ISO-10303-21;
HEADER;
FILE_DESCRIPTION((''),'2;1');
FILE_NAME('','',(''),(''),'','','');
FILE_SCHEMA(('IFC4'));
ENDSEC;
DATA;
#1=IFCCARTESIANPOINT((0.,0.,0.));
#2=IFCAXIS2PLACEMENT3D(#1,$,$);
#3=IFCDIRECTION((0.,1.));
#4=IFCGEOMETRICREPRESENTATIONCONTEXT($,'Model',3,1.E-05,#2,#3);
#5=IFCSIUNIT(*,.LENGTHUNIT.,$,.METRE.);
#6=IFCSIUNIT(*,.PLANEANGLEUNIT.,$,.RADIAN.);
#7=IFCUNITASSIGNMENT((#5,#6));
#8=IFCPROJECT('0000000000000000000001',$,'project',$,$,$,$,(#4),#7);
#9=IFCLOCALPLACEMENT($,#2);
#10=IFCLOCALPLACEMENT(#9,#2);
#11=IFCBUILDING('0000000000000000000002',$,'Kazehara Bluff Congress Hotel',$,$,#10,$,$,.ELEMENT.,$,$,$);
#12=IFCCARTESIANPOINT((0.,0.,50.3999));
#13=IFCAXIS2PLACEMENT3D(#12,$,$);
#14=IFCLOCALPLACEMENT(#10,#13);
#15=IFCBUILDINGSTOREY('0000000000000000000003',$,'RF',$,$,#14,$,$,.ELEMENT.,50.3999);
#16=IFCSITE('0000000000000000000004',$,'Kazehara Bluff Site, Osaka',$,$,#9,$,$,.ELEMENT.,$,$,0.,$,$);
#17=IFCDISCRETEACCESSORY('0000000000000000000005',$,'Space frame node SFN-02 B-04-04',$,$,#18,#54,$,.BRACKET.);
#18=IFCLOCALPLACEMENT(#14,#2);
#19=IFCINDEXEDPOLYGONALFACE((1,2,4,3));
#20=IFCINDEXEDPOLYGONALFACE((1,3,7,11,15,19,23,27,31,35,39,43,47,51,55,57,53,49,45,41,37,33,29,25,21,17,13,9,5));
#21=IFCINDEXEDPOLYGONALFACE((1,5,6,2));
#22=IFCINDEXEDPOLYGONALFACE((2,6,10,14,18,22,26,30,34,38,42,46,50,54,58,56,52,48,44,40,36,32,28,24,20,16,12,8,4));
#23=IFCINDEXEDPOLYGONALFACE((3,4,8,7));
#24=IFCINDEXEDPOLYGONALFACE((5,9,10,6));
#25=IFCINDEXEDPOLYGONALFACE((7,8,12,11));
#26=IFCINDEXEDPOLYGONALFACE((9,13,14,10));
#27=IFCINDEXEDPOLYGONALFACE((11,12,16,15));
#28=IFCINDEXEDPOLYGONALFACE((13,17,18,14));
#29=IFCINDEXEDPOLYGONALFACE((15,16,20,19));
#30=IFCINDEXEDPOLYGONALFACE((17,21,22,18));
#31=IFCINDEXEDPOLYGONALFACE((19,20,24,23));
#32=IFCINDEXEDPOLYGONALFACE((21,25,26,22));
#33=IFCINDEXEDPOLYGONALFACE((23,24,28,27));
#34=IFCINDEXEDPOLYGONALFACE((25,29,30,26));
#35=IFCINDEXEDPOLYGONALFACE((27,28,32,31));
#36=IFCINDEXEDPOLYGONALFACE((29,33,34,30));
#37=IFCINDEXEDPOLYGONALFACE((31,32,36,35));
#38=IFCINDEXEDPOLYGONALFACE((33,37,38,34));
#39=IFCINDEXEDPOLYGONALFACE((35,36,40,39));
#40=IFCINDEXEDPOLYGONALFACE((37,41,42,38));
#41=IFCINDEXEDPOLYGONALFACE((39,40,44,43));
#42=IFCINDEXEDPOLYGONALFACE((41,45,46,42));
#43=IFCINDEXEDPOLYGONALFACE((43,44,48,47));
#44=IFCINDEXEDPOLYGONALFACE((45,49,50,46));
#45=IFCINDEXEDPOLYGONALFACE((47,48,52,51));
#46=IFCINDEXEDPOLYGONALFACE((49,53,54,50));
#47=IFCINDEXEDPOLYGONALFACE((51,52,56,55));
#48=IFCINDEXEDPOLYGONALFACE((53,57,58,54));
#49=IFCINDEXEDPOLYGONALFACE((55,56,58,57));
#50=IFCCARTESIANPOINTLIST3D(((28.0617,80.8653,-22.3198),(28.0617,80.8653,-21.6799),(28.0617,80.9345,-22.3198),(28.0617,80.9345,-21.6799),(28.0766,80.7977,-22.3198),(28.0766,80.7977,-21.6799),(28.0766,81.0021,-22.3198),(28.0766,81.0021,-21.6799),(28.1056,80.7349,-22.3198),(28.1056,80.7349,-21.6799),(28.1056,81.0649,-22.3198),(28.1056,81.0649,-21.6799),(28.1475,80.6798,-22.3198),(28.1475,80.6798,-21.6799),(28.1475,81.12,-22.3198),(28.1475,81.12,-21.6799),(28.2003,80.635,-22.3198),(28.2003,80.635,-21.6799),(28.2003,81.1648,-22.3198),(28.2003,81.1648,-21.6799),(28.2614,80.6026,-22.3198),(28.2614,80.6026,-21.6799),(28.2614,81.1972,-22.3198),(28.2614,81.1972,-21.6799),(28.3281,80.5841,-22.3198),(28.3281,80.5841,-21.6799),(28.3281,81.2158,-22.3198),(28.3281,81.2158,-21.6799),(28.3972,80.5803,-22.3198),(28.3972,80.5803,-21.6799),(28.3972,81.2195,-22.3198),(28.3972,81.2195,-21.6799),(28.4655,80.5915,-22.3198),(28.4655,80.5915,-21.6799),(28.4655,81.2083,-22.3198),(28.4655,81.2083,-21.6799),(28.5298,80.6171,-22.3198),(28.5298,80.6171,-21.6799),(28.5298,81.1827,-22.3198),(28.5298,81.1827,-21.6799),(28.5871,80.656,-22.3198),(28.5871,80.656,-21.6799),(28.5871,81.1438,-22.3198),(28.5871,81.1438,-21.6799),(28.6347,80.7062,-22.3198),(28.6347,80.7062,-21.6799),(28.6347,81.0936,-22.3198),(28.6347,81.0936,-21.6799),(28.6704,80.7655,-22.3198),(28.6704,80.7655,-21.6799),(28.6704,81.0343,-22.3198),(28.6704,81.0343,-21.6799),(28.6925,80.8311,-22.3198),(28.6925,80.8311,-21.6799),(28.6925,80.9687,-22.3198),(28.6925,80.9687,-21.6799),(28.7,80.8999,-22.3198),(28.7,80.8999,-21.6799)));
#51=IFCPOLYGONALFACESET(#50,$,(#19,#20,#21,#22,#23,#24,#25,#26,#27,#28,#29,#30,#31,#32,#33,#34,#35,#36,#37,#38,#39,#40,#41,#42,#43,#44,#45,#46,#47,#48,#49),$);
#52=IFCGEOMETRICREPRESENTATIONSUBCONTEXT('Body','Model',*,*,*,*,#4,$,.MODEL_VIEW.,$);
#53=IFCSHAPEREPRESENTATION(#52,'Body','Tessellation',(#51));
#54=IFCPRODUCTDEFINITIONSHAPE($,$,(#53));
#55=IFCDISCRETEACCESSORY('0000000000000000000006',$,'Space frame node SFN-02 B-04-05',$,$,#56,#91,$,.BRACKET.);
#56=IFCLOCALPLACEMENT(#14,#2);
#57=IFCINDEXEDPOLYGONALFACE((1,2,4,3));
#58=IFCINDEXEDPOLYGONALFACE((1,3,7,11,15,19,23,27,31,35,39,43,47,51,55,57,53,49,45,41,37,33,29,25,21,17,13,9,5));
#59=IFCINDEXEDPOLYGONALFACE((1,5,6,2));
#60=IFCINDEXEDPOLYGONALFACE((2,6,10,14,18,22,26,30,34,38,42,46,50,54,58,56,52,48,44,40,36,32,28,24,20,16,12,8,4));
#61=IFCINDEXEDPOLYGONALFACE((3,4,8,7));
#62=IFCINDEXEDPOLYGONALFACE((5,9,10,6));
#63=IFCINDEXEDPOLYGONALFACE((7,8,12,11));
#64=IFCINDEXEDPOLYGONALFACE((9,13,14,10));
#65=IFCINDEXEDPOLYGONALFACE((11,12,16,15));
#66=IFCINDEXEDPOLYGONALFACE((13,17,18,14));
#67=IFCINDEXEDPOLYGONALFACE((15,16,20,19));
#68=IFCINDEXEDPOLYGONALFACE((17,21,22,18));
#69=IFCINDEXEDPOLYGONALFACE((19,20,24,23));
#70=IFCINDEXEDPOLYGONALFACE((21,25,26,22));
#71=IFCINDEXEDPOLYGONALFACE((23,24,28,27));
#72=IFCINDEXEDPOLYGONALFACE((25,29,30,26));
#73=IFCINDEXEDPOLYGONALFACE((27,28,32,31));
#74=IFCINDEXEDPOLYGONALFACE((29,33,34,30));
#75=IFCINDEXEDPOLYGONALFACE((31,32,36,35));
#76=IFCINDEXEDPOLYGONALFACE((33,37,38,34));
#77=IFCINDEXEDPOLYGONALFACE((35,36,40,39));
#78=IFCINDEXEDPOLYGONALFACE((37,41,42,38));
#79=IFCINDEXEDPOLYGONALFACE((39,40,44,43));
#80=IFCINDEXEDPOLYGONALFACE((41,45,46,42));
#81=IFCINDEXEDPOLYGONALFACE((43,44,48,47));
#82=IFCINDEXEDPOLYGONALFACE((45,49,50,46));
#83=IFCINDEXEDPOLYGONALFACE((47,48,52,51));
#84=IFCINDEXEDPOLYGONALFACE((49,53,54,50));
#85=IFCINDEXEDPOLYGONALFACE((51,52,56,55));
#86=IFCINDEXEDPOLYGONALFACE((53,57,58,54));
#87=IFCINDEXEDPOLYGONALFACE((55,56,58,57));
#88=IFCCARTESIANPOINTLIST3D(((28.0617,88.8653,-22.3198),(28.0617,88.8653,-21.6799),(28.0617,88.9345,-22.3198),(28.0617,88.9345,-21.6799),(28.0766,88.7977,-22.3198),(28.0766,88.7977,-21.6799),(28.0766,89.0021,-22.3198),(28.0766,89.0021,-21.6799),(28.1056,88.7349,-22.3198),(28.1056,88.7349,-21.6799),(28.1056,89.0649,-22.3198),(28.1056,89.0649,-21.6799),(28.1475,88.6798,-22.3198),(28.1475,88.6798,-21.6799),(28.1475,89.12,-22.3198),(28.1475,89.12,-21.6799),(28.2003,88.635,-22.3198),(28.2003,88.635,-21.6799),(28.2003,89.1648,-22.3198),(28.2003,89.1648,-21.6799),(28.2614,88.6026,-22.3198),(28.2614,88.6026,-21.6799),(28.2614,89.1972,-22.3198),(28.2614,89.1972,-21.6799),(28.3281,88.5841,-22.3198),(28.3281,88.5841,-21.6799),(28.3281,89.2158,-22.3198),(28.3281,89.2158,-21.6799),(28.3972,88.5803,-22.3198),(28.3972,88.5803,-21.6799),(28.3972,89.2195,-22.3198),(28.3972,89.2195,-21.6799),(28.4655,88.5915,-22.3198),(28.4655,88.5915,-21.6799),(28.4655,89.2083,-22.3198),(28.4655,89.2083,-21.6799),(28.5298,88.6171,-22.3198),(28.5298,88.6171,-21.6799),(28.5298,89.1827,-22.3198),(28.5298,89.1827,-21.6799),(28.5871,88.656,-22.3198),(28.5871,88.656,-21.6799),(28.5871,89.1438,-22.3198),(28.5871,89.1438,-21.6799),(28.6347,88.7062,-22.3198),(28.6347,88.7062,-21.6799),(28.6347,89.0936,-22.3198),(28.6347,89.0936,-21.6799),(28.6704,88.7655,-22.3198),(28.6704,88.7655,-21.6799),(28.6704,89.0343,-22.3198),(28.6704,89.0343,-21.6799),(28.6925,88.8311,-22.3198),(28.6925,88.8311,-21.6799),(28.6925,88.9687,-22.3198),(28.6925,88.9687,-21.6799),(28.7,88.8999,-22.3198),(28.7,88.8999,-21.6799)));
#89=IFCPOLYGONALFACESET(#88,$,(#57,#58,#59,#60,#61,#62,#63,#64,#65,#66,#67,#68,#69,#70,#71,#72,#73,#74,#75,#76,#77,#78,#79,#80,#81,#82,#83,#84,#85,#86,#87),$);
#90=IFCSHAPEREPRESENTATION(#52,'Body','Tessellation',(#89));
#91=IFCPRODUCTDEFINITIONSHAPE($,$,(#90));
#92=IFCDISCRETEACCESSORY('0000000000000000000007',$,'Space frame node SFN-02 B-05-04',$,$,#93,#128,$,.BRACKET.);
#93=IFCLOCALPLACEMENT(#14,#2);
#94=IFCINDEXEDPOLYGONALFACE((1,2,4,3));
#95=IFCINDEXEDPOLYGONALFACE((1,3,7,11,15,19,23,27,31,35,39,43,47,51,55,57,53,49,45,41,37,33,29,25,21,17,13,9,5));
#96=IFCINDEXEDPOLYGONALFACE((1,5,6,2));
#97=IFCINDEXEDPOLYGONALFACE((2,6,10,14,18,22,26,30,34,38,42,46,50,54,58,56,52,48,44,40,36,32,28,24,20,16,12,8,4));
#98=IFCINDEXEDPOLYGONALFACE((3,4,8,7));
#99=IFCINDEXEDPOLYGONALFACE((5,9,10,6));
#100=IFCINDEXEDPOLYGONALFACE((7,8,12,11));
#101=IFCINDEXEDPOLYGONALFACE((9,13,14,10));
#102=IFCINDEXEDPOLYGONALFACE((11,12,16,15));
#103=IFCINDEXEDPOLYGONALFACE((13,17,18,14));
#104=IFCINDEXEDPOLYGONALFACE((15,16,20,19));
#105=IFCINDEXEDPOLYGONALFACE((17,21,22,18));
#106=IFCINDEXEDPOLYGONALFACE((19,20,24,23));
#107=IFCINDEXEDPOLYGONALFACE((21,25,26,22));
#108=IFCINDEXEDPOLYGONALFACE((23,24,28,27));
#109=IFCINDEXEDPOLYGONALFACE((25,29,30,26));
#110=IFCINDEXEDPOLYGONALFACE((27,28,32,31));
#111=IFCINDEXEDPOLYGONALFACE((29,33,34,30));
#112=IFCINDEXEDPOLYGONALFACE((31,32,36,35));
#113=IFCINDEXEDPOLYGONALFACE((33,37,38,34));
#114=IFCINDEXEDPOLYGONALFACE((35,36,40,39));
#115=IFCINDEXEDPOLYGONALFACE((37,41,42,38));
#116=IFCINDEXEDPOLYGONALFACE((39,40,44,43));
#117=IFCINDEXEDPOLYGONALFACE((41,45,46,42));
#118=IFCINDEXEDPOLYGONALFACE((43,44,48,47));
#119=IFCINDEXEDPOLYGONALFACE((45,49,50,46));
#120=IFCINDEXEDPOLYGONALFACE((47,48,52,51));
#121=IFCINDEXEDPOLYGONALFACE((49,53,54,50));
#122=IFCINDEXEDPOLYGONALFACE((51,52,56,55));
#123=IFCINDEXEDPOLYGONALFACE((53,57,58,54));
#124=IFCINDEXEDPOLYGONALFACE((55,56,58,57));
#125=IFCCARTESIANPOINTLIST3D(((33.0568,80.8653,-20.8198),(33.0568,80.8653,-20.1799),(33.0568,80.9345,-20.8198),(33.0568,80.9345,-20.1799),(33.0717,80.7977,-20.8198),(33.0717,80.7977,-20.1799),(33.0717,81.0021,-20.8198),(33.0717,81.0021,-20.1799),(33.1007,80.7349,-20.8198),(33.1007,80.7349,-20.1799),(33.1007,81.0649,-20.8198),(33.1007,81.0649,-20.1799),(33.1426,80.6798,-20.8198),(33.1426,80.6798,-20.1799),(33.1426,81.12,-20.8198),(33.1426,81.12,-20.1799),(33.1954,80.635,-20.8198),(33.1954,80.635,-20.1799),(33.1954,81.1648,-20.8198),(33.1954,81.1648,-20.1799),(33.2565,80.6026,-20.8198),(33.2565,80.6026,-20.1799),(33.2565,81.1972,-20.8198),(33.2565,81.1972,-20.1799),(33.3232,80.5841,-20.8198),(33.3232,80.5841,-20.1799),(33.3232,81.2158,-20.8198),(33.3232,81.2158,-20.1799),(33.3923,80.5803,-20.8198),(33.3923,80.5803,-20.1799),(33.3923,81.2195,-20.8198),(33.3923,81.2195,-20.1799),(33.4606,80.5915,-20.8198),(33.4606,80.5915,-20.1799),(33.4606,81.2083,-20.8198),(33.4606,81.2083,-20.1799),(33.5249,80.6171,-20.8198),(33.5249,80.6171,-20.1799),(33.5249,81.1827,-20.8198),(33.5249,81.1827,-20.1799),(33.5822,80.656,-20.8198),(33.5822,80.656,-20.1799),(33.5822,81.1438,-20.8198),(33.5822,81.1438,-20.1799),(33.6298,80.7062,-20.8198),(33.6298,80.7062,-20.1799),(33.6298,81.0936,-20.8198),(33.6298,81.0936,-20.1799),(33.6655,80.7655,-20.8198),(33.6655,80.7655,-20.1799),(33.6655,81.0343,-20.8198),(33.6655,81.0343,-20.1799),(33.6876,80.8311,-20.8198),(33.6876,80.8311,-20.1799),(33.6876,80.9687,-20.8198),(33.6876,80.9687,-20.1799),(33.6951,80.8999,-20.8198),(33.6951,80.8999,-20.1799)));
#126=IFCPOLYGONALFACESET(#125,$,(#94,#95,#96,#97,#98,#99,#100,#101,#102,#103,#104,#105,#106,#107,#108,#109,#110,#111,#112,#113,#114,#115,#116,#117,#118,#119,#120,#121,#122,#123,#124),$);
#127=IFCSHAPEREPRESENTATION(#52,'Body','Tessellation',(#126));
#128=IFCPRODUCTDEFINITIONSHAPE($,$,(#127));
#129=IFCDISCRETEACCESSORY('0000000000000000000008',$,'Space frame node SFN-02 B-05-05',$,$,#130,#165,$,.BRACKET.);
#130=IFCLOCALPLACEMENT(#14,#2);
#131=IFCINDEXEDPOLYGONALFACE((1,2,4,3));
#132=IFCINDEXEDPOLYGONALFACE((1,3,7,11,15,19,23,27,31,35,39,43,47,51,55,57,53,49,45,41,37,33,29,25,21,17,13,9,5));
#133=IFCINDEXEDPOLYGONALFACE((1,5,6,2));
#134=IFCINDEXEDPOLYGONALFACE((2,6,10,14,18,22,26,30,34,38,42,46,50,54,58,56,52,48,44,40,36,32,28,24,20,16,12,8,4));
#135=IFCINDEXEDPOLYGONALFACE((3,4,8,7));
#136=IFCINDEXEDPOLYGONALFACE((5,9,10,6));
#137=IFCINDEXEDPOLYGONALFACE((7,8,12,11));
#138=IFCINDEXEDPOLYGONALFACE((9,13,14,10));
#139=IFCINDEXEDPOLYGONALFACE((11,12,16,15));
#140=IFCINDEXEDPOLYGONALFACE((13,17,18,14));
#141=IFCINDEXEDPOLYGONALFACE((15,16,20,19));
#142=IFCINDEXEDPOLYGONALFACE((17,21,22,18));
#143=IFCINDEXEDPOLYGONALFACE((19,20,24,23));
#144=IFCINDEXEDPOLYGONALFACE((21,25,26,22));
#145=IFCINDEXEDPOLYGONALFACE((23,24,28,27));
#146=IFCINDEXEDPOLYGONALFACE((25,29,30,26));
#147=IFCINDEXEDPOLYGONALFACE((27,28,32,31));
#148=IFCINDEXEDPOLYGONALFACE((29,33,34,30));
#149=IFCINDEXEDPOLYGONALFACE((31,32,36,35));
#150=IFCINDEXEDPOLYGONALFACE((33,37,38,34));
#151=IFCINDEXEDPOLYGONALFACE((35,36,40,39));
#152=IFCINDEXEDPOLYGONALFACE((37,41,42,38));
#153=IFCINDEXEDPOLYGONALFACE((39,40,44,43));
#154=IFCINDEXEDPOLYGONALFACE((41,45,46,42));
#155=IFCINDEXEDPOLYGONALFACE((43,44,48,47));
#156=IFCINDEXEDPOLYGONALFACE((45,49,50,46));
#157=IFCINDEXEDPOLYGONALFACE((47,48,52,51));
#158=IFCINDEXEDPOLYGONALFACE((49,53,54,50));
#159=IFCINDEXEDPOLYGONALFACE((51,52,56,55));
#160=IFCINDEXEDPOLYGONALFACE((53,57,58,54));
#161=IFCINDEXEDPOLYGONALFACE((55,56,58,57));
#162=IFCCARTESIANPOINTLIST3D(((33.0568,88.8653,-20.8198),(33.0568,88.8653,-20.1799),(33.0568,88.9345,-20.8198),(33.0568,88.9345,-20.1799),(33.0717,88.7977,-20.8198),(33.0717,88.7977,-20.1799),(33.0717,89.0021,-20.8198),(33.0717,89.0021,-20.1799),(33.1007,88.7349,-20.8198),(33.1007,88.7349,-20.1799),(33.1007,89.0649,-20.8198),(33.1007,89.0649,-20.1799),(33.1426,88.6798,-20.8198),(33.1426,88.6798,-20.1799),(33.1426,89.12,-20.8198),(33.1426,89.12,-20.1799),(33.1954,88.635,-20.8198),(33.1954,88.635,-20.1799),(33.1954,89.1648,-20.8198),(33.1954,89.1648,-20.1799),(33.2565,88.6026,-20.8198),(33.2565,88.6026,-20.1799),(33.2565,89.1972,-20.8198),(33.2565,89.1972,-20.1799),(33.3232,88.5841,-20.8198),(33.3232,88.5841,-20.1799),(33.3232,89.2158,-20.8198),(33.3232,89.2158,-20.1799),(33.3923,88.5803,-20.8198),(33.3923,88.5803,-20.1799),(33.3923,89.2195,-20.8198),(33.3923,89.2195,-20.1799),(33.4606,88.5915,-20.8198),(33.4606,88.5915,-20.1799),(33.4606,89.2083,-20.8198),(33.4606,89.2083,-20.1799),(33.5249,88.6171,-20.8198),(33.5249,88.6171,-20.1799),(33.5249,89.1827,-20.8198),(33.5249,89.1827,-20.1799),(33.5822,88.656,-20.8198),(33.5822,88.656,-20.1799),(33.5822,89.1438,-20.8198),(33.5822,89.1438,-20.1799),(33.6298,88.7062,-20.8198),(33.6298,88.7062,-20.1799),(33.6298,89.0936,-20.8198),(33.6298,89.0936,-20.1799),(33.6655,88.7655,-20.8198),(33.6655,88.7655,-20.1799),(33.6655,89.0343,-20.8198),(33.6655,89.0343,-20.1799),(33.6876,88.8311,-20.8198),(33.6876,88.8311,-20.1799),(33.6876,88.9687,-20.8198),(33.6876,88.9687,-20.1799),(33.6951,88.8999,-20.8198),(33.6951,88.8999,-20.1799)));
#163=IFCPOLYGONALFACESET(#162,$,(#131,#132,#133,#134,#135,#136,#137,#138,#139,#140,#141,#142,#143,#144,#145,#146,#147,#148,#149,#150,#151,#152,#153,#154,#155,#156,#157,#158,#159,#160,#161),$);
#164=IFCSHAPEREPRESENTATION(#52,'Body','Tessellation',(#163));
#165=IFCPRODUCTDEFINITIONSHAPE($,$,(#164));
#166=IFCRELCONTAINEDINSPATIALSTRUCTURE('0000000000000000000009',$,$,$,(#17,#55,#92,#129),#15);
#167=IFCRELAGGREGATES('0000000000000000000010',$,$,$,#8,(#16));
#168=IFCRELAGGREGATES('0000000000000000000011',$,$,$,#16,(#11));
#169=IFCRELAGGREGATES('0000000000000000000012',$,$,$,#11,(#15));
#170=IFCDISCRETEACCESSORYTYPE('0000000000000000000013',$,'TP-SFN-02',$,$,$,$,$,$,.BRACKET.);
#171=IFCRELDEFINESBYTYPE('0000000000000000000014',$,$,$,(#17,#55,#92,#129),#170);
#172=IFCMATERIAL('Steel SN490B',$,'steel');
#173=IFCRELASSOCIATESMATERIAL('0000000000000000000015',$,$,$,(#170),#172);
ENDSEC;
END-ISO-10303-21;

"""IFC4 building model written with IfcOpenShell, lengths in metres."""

from ifc_helpers import new_model, si_unit, direction, frame, origin, origin_2d, place, context, subcontext, project, spatial, circle, extrude, material, material_profile, profile_set, type_object, element, save


model = new_model("IFC4")

# Units and contexts
model_context = context("Model", 3, precision=1e-05, world=origin(), true_north=direction((0.0, 1.0)))
body_context = subcontext(model_context, "Body", "Model", "MODEL_VIEW")
ifc_project = project(units=[si_unit("LENGTHUNIT", "METRE"), si_unit("PLANEANGLEUNIT", "RADIAN")], contexts=[model_context])

# Site, building, storey
site_placement = place(None, origin())
site = spatial("IfcSite", under=ifc_project, at=site_placement, Name="Kazehara Bluff Site, Osaka", CompositionType="ELEMENT", RefElevation=0.0)
building_placement = place(site_placement, origin())
building = spatial("IfcBuilding", under=site, at=building_placement, Name="Kazehara Bluff Congress Hotel", CompositionType="ELEMENT")
storey_placement = place(building_placement, frame((0.0, 0.0, 50.3999)))
storey = spatial("IfcBuildingStorey", under=building, at=storey_placement, Name="RF", CompositionType="ELEMENT", Elevation=50.3999)

# Discrete accessories
ifc_material_1 = material(Name="Steel SN490B", Category="steel")
ifc_material_profile_1 = material_profile(ifc_material_1, circle(Radius=0.3201, at=origin_2d()))
ifc_profile_set_1 = profile_set([ifc_material_profile_1], Name="Steel SN490B")
discrete_accessory_type_1 = type_object("IfcDiscreteAccessoryType", Name="TP-SFN-02", PredefinedType="BRACKET", material=ifc_profile_set_1)
for number, where, z_axis, x_axis, name in (
    (1, (28.3799, 80.8999, -22.3198), (0.0, 0.0, 1.0), (1.0, 0.0, 0.0), "Space frame node SFN-02 B-04-04"),
    (2, (28.3799, 88.8999, -22.3198), (0.0, 0.0, 1.0), (1.0, 0.0, 0.0), "Space frame node SFN-02 B-04-05"),
    (3, (33.375, 80.8999, -20.8198), (0.0, 0.0, 1.0), (1.0, 0.0, 0.0), "Space frame node SFN-02 B-05-04"),
    (4, (33.375, 88.8999, -20.8198), (0.0, 0.0, 1.0), (1.0, 0.0, 0.0), "Space frame node SFN-02 B-05-05"),
):
    element("IfcDiscreteAccessory", number, at=place(storey_placement, frame(where, z_axis=z_axis, x_axis=x_axis)), inside=storey, type_object=discrete_accessory_type_1, Name=name, PredefinedType="BRACKET", context=body_context, shape_type="SweptSolid", body=[
        extrude(circle(Radius=0.3201, at=origin_2d()), origin(), (0.0, 0.0, 1.0), 0.6399),
    ])

save(model, "model.ifc")
